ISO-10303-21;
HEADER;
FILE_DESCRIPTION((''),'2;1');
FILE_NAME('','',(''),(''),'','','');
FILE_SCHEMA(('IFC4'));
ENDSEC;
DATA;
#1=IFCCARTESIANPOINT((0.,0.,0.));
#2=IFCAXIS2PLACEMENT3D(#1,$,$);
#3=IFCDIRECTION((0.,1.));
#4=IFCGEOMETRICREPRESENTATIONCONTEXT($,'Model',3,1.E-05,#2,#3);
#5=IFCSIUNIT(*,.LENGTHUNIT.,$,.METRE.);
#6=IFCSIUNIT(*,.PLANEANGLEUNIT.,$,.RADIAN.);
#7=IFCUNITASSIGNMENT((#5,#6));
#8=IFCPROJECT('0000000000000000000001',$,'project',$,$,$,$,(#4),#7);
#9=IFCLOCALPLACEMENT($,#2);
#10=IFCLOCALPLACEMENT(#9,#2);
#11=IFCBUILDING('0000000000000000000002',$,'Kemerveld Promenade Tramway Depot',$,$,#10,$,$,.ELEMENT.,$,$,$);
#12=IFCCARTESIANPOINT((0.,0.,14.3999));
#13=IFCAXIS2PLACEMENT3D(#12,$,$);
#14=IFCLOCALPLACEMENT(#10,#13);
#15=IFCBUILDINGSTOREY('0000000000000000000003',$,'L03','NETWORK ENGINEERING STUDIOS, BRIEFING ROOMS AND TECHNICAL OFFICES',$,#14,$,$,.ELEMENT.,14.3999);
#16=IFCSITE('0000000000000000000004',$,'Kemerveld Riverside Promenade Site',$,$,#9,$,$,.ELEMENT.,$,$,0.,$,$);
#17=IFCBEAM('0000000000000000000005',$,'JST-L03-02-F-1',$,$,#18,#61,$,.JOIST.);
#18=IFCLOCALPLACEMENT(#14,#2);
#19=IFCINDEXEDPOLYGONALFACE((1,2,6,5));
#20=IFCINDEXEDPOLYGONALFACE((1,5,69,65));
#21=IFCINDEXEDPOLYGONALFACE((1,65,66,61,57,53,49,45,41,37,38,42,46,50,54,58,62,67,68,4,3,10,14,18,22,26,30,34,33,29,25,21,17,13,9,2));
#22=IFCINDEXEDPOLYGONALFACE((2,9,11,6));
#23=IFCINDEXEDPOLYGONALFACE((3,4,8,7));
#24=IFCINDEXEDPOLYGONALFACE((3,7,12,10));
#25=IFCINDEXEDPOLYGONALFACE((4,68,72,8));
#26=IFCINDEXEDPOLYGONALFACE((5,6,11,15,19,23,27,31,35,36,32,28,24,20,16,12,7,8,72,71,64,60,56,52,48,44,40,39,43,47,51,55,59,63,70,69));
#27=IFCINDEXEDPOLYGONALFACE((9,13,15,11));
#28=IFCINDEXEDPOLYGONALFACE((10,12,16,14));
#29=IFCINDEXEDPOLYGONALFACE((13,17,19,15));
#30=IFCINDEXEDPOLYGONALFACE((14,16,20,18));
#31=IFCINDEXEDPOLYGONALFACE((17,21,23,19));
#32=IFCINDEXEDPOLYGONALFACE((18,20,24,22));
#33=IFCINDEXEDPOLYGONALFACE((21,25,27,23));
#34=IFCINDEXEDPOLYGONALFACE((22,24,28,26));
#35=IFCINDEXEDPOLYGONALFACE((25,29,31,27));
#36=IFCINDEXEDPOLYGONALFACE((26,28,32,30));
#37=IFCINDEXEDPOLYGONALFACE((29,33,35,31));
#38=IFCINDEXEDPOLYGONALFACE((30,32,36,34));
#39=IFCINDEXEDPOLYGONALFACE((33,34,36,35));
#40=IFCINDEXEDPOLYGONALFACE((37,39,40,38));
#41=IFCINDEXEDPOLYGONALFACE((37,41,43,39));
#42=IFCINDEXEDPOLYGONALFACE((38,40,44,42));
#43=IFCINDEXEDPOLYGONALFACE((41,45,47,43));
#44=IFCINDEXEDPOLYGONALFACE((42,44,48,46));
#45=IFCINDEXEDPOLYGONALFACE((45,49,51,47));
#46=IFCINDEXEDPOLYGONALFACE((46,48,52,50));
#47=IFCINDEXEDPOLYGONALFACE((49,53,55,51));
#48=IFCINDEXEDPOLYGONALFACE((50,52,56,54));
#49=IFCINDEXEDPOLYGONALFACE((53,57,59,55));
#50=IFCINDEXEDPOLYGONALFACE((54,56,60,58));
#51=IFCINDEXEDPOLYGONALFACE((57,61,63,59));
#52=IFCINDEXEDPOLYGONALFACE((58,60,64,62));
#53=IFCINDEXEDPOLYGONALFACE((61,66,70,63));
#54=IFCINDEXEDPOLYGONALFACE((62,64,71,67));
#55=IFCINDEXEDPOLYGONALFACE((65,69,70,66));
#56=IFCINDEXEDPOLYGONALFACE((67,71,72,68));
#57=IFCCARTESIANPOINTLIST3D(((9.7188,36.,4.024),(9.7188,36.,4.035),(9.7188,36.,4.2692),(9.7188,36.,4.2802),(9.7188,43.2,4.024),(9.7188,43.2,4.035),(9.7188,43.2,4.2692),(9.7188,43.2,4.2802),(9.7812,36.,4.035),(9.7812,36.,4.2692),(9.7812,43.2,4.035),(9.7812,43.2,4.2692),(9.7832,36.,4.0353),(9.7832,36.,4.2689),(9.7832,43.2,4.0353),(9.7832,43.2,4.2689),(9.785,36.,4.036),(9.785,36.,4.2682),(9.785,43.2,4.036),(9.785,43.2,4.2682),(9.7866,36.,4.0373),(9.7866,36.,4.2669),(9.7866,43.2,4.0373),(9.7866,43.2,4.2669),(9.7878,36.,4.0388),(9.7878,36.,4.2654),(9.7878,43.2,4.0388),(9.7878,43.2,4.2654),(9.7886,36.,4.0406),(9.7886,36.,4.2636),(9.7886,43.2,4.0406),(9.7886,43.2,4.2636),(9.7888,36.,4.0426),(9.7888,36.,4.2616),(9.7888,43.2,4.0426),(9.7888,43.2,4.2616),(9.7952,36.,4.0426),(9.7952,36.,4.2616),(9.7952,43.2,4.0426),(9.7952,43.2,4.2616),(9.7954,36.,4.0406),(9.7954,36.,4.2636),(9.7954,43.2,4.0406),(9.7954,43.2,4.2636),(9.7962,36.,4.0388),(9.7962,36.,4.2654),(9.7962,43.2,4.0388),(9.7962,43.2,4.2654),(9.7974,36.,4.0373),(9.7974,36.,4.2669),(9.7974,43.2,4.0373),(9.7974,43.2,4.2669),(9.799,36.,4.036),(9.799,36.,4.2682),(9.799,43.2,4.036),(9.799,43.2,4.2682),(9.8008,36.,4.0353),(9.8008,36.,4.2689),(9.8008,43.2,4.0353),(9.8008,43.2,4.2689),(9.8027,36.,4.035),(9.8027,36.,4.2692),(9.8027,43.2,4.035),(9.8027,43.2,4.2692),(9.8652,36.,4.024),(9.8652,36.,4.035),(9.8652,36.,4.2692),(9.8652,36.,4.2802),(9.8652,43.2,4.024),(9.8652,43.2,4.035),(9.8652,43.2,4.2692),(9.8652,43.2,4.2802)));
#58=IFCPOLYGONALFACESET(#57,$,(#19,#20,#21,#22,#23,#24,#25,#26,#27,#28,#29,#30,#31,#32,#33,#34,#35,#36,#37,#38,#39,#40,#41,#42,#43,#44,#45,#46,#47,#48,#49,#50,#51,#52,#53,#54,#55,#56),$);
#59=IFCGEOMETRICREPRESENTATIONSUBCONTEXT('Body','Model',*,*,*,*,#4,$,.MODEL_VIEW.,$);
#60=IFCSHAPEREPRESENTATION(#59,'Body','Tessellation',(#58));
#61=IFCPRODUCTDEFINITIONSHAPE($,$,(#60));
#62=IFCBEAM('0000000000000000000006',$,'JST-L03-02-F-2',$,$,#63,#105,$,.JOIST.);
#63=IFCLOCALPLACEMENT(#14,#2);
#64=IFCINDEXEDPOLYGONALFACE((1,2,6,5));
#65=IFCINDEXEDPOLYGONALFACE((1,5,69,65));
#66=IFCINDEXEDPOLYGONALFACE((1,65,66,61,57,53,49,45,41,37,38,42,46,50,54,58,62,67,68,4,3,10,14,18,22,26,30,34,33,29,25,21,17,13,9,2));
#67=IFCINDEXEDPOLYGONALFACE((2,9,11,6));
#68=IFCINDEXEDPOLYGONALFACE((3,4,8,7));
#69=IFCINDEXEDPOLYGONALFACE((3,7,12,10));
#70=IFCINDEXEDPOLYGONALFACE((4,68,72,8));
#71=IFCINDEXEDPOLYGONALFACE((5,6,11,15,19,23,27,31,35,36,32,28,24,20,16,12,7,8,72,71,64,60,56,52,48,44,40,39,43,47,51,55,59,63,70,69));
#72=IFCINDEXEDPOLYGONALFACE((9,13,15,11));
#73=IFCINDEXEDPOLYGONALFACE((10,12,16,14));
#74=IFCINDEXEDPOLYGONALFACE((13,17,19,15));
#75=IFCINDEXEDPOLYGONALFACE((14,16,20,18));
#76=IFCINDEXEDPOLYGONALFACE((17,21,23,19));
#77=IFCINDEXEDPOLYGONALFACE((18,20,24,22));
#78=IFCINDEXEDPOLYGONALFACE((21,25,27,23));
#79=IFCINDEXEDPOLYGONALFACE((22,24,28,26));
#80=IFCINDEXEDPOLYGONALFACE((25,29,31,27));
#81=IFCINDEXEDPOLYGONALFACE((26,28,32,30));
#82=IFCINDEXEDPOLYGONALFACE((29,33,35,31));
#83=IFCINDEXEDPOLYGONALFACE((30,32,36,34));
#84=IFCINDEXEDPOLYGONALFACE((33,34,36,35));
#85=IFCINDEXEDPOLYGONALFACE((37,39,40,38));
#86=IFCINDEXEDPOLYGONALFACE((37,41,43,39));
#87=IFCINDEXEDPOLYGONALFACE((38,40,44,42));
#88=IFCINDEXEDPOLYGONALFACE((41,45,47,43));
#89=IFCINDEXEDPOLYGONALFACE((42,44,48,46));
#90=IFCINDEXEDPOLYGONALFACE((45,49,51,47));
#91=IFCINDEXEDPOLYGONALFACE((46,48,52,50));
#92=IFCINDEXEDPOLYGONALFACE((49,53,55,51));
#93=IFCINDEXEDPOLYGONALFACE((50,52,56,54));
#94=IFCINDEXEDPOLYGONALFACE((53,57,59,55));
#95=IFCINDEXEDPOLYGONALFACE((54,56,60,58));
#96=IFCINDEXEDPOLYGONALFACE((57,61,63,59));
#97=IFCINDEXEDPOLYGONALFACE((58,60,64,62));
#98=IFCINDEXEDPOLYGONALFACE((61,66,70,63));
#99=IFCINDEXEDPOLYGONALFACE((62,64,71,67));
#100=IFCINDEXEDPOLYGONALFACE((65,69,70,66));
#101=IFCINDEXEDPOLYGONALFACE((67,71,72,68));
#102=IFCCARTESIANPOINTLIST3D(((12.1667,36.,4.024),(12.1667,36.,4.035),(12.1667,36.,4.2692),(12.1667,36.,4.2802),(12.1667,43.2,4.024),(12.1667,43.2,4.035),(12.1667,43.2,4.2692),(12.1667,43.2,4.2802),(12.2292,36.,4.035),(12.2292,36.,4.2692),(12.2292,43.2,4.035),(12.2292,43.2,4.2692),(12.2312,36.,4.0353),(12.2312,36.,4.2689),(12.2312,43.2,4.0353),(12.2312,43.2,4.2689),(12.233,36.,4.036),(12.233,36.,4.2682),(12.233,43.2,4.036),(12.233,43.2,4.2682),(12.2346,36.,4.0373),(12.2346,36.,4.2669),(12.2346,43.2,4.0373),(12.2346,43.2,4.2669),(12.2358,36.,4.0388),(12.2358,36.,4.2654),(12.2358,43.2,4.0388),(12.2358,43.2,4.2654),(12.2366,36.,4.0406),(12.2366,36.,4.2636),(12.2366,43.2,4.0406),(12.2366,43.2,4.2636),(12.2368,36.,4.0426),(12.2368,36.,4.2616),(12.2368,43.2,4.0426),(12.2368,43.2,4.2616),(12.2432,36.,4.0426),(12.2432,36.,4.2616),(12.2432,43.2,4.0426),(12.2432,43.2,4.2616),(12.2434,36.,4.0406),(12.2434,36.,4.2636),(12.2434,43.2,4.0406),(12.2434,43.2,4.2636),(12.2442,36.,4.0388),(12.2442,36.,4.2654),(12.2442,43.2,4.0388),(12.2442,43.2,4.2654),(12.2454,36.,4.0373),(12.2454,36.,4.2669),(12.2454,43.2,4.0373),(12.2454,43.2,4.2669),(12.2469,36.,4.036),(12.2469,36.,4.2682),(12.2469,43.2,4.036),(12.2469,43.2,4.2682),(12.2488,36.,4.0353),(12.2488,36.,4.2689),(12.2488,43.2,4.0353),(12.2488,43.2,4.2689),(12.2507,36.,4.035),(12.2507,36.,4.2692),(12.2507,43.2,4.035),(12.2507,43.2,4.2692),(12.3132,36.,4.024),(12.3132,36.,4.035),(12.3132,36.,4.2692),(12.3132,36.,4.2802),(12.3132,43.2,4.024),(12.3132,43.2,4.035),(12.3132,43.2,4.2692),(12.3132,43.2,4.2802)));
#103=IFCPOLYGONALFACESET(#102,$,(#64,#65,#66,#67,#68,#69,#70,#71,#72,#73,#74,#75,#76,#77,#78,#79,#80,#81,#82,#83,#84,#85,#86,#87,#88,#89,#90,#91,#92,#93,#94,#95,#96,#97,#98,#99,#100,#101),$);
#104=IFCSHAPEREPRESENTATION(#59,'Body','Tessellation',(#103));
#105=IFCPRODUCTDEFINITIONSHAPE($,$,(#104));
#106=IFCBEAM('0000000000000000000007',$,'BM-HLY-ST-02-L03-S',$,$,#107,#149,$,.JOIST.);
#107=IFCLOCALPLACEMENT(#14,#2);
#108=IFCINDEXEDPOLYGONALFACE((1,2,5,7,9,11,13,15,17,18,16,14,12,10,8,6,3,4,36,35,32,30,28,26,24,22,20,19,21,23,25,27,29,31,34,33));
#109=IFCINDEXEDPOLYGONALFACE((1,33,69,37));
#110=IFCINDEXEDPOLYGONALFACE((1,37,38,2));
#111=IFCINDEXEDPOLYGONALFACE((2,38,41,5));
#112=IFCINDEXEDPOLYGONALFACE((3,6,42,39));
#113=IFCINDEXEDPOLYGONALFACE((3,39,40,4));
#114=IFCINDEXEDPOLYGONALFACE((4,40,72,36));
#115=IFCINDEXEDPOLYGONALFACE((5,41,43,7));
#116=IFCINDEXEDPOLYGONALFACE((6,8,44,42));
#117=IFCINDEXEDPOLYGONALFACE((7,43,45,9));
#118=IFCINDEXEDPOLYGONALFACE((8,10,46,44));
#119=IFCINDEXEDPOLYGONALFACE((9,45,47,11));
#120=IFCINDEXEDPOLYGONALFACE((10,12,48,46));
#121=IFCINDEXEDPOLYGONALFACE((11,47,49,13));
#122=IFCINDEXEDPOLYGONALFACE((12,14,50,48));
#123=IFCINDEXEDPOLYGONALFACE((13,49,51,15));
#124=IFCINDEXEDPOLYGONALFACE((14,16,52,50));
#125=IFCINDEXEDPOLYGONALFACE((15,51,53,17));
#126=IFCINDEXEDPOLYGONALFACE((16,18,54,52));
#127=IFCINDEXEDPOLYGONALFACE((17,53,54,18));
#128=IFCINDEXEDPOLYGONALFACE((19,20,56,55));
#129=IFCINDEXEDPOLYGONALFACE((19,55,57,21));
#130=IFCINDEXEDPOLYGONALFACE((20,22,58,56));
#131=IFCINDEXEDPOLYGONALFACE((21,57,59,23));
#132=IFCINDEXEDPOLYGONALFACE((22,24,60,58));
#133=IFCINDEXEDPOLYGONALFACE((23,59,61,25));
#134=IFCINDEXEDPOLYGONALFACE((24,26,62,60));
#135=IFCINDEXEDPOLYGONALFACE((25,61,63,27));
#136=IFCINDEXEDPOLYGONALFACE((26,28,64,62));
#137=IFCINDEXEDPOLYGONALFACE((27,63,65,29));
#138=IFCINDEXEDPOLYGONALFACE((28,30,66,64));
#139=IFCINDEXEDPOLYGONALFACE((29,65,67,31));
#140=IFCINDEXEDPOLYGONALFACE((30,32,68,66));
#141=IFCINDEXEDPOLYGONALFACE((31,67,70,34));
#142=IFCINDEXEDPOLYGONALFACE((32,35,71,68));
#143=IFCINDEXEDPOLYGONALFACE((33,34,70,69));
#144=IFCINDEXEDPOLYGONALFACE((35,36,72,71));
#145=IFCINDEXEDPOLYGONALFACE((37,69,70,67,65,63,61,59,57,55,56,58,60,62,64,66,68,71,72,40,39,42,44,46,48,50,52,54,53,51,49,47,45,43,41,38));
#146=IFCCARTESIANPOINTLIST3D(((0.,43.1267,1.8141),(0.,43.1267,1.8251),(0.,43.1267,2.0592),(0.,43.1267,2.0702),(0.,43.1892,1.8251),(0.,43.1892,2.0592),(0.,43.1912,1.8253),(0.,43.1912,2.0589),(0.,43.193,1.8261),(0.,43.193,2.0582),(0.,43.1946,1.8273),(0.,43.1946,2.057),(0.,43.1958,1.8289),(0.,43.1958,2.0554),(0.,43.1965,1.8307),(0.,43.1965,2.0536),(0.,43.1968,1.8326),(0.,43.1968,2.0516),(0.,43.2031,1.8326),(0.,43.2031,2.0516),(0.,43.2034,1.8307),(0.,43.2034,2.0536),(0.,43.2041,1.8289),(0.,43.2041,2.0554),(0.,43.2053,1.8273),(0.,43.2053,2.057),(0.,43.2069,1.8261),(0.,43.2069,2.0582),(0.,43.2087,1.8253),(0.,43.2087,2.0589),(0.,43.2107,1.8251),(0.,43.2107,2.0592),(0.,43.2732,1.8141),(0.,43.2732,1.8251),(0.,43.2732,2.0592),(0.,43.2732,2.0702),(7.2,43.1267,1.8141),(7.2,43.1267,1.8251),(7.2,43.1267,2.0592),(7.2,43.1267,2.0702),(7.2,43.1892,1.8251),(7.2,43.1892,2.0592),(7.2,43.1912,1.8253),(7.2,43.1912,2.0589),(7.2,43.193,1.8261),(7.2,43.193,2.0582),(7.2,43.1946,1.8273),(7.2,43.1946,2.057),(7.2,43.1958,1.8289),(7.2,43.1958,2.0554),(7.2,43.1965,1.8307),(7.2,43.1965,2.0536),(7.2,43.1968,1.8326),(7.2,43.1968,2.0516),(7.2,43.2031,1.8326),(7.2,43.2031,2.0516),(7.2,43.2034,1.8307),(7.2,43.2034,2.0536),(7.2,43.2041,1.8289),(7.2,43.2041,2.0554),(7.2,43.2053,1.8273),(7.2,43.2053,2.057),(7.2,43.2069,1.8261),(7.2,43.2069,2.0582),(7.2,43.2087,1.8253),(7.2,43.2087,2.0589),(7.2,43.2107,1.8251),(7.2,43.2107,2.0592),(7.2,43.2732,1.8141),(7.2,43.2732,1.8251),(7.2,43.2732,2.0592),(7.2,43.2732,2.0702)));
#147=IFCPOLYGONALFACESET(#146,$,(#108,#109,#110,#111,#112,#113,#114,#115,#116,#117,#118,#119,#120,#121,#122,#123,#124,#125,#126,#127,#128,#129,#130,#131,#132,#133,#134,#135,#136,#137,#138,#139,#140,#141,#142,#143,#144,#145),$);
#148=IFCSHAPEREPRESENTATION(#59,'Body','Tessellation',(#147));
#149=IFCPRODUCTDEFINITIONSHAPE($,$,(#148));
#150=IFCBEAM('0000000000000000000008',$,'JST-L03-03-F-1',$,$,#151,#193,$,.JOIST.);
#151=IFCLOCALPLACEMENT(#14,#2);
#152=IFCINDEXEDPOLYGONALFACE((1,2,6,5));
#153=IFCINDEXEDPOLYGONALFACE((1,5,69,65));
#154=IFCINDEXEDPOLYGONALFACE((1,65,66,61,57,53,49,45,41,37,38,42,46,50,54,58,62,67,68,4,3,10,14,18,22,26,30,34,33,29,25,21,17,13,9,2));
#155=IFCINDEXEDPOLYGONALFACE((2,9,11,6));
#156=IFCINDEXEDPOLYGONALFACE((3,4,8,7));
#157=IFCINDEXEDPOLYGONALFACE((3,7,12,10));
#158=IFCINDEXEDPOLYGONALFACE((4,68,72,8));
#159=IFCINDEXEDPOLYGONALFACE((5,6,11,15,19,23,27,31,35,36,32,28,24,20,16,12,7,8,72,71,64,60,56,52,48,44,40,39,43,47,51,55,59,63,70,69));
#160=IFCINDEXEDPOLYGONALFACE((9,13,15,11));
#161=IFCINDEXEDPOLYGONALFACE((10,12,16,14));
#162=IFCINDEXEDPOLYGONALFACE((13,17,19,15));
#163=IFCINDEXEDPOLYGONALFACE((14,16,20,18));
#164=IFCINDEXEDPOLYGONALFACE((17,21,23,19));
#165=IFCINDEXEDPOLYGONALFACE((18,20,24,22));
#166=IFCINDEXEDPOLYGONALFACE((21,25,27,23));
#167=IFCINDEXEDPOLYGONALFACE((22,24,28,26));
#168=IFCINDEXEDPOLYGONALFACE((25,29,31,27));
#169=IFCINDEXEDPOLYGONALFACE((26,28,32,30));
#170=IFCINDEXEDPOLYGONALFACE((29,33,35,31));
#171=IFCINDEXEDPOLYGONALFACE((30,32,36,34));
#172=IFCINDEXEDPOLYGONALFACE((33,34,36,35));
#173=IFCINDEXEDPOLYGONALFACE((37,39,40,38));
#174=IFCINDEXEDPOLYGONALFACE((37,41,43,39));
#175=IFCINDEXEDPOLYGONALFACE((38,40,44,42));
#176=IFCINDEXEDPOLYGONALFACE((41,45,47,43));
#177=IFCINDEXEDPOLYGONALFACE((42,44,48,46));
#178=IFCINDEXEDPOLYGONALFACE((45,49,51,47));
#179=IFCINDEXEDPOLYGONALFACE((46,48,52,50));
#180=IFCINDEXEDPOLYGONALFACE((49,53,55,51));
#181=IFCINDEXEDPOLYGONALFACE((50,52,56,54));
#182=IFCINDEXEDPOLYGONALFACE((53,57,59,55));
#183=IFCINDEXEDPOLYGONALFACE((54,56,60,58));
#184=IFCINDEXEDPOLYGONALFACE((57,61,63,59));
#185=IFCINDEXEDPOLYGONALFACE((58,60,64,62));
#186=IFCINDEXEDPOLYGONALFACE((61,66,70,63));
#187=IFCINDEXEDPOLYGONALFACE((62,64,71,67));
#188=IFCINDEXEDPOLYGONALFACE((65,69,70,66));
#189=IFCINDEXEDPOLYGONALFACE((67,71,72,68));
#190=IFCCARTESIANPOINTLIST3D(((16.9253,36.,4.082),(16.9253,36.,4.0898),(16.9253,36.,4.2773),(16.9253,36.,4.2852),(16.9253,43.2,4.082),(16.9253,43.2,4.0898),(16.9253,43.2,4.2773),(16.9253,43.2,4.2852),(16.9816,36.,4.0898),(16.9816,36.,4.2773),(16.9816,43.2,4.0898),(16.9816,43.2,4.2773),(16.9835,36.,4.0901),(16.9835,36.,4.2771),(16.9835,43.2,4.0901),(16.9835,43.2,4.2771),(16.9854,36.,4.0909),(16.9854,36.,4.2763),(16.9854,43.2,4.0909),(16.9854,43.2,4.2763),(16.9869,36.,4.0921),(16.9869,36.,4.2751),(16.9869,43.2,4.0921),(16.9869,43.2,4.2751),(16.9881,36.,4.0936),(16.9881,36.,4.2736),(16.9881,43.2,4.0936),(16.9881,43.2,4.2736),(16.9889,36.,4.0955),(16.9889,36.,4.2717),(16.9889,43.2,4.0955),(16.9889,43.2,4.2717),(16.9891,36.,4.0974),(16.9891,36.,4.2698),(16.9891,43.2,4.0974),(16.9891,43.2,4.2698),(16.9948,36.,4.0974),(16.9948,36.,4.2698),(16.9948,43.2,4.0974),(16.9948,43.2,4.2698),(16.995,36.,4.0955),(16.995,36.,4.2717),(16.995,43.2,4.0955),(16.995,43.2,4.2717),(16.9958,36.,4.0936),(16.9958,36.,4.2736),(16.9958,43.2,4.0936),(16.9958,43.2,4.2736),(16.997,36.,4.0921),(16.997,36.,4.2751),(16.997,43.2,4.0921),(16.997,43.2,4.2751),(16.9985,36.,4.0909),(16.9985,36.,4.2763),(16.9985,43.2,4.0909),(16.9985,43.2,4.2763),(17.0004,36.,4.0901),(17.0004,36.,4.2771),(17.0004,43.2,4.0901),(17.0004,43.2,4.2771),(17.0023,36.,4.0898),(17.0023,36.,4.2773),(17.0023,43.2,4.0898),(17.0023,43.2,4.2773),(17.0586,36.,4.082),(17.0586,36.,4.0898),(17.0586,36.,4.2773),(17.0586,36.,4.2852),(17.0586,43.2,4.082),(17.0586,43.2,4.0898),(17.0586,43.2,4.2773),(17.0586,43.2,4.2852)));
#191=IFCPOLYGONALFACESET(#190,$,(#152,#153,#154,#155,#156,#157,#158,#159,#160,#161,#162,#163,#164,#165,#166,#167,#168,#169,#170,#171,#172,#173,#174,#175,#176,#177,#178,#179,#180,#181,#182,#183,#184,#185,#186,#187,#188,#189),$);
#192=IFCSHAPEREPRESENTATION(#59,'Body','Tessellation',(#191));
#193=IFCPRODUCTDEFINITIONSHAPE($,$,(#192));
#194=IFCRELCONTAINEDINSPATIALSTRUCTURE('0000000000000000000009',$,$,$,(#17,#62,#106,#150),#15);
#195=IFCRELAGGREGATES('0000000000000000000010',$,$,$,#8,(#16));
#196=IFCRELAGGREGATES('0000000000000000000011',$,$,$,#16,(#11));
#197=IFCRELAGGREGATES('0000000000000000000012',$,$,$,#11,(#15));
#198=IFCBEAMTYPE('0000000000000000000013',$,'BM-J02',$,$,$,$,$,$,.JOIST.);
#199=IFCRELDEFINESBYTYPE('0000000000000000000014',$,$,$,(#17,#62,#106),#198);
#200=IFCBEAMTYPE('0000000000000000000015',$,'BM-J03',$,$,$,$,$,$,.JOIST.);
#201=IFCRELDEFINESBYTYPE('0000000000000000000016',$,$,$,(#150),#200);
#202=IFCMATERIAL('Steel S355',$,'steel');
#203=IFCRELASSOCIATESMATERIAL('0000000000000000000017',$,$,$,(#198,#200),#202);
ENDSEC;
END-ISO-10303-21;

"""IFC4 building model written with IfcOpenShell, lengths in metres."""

from ifc_helpers import new_model, si_unit, direction, frame, origin, origin_2d, place, context, subcontext, project, spatial, i_section, extrude, material, material_profile, profile_set, type_object, element, save


model = new_model("IFC4")

# Units and contexts
model_context = context("Model", 3, precision=1e-05, world=origin(), true_north=direction((0.0, 1.0)))
body_context = subcontext(model_context, "Body", "Model", "MODEL_VIEW")
ifc_project = project(units=[si_unit("LENGTHUNIT", "METRE"), si_unit("PLANEANGLEUNIT", "RADIAN")], contexts=[model_context])

# Site, building, storey
site_placement = place(None, origin())
site = spatial("IfcSite", under=ifc_project, at=site_placement, Name="Kemerveld Riverside Promenade Site", CompositionType="ELEMENT", RefElevation=0.0)
building_placement = place(site_placement, origin())
building = spatial("IfcBuilding", under=site, at=building_placement, Name="Kemerveld Promenade Tramway Depot", CompositionType="ELEMENT")
storey_placement = place(building_placement, frame((0.0, 0.0, 14.3999)))
storey = spatial("IfcBuildingStorey", under=building, at=storey_placement, Name="L03", Description="NETWORK ENGINEERING STUDIOS, BRIEFING ROOMS AND TECHNICAL OFFICES", CompositionType="ELEMENT", Elevation=14.3999)

# Shared definitions
ifc_material_1 = material(Name="Steel S355", Category="steel")

# Beams
ifc_material_profile_1 = material_profile(ifc_material_1, i_section(OverallWidth=0.1465, OverallDepth=0.2561, WebThickness=0.0063, FlangeThickness=0.011, FilletRadius=0.0076, at=origin_2d()), Name="254x146x37 UB")
ifc_profile_set_1 = profile_set([ifc_material_profile_1], Name="Steel S355")
beam_type_1 = type_object("IfcBeamType", Name="BM-J02", PredefinedType="JOIST", material=ifc_profile_set_1)
for number, where, z_axis, x_axis, name in (
    (1, (9.792, 36.0, 4.1521), (0.0, 1.0, 0.0), (-1.0, 0.0, 0.0), "JST-L03-02-F-1"),
    (2, (12.24, 36.0, 4.1521), (0.0, 1.0, 0.0), (-1.0, 0.0, 0.0), "JST-L03-02-F-2"),
    (3, (0.0, 43.2, 1.9421), (1.0, 0.0, 0.0), (0.0, 1.0, 0.0), "BM-HLY-ST-02-L03-S"),
):
    element("IfcBeam", number, at=place(storey_placement, frame(where, z_axis=z_axis, x_axis=x_axis)), inside=storey, type_object=beam_type_1, Name=name, PredefinedType="JOIST", context=body_context, shape_type="SweptSolid", body=[
        extrude(i_section(OverallWidth=0.1465, OverallDepth=0.2561, WebThickness=0.0063, FlangeThickness=0.011, FilletRadius=0.0076, at=origin_2d()), origin(), (0.0, 0.0, 1.0), 7.2),
    ])
ifc_material_profile_2 = material_profile(ifc_material_1, i_section(OverallWidth=0.1333, OverallDepth=0.2031, WebThickness=0.0056, FlangeThickness=0.0078, FilletRadius=0.0076, at=origin_2d()), Name="203x133x25 UB")
ifc_profile_set_2 = profile_set([ifc_material_profile_2], Name="Steel S355")
beam_type_2 = type_object("IfcBeamType", Name="BM-J03", PredefinedType="JOIST", material=ifc_profile_set_2)
for number, where, z_axis, x_axis, name in (
    (4, (16.9919, 36.0, 4.1836), (0.0, 1.0, 0.0), (-1.0, 0.0, 0.0), "JST-L03-03-F-1"),
):
    element("IfcBeam", number, at=place(storey_placement, frame(where, z_axis=z_axis, x_axis=x_axis)), inside=storey, type_object=beam_type_2, Name=name, PredefinedType="JOIST", context=body_context, shape_type="SweptSolid", body=[
        extrude(i_section(OverallWidth=0.1333, OverallDepth=0.2031, WebThickness=0.0056, FlangeThickness=0.0078, FilletRadius=0.0076, at=origin_2d()), origin(), (0.0, 0.0, 1.0), 7.2),
    ])

save(model, "model.ifc")
